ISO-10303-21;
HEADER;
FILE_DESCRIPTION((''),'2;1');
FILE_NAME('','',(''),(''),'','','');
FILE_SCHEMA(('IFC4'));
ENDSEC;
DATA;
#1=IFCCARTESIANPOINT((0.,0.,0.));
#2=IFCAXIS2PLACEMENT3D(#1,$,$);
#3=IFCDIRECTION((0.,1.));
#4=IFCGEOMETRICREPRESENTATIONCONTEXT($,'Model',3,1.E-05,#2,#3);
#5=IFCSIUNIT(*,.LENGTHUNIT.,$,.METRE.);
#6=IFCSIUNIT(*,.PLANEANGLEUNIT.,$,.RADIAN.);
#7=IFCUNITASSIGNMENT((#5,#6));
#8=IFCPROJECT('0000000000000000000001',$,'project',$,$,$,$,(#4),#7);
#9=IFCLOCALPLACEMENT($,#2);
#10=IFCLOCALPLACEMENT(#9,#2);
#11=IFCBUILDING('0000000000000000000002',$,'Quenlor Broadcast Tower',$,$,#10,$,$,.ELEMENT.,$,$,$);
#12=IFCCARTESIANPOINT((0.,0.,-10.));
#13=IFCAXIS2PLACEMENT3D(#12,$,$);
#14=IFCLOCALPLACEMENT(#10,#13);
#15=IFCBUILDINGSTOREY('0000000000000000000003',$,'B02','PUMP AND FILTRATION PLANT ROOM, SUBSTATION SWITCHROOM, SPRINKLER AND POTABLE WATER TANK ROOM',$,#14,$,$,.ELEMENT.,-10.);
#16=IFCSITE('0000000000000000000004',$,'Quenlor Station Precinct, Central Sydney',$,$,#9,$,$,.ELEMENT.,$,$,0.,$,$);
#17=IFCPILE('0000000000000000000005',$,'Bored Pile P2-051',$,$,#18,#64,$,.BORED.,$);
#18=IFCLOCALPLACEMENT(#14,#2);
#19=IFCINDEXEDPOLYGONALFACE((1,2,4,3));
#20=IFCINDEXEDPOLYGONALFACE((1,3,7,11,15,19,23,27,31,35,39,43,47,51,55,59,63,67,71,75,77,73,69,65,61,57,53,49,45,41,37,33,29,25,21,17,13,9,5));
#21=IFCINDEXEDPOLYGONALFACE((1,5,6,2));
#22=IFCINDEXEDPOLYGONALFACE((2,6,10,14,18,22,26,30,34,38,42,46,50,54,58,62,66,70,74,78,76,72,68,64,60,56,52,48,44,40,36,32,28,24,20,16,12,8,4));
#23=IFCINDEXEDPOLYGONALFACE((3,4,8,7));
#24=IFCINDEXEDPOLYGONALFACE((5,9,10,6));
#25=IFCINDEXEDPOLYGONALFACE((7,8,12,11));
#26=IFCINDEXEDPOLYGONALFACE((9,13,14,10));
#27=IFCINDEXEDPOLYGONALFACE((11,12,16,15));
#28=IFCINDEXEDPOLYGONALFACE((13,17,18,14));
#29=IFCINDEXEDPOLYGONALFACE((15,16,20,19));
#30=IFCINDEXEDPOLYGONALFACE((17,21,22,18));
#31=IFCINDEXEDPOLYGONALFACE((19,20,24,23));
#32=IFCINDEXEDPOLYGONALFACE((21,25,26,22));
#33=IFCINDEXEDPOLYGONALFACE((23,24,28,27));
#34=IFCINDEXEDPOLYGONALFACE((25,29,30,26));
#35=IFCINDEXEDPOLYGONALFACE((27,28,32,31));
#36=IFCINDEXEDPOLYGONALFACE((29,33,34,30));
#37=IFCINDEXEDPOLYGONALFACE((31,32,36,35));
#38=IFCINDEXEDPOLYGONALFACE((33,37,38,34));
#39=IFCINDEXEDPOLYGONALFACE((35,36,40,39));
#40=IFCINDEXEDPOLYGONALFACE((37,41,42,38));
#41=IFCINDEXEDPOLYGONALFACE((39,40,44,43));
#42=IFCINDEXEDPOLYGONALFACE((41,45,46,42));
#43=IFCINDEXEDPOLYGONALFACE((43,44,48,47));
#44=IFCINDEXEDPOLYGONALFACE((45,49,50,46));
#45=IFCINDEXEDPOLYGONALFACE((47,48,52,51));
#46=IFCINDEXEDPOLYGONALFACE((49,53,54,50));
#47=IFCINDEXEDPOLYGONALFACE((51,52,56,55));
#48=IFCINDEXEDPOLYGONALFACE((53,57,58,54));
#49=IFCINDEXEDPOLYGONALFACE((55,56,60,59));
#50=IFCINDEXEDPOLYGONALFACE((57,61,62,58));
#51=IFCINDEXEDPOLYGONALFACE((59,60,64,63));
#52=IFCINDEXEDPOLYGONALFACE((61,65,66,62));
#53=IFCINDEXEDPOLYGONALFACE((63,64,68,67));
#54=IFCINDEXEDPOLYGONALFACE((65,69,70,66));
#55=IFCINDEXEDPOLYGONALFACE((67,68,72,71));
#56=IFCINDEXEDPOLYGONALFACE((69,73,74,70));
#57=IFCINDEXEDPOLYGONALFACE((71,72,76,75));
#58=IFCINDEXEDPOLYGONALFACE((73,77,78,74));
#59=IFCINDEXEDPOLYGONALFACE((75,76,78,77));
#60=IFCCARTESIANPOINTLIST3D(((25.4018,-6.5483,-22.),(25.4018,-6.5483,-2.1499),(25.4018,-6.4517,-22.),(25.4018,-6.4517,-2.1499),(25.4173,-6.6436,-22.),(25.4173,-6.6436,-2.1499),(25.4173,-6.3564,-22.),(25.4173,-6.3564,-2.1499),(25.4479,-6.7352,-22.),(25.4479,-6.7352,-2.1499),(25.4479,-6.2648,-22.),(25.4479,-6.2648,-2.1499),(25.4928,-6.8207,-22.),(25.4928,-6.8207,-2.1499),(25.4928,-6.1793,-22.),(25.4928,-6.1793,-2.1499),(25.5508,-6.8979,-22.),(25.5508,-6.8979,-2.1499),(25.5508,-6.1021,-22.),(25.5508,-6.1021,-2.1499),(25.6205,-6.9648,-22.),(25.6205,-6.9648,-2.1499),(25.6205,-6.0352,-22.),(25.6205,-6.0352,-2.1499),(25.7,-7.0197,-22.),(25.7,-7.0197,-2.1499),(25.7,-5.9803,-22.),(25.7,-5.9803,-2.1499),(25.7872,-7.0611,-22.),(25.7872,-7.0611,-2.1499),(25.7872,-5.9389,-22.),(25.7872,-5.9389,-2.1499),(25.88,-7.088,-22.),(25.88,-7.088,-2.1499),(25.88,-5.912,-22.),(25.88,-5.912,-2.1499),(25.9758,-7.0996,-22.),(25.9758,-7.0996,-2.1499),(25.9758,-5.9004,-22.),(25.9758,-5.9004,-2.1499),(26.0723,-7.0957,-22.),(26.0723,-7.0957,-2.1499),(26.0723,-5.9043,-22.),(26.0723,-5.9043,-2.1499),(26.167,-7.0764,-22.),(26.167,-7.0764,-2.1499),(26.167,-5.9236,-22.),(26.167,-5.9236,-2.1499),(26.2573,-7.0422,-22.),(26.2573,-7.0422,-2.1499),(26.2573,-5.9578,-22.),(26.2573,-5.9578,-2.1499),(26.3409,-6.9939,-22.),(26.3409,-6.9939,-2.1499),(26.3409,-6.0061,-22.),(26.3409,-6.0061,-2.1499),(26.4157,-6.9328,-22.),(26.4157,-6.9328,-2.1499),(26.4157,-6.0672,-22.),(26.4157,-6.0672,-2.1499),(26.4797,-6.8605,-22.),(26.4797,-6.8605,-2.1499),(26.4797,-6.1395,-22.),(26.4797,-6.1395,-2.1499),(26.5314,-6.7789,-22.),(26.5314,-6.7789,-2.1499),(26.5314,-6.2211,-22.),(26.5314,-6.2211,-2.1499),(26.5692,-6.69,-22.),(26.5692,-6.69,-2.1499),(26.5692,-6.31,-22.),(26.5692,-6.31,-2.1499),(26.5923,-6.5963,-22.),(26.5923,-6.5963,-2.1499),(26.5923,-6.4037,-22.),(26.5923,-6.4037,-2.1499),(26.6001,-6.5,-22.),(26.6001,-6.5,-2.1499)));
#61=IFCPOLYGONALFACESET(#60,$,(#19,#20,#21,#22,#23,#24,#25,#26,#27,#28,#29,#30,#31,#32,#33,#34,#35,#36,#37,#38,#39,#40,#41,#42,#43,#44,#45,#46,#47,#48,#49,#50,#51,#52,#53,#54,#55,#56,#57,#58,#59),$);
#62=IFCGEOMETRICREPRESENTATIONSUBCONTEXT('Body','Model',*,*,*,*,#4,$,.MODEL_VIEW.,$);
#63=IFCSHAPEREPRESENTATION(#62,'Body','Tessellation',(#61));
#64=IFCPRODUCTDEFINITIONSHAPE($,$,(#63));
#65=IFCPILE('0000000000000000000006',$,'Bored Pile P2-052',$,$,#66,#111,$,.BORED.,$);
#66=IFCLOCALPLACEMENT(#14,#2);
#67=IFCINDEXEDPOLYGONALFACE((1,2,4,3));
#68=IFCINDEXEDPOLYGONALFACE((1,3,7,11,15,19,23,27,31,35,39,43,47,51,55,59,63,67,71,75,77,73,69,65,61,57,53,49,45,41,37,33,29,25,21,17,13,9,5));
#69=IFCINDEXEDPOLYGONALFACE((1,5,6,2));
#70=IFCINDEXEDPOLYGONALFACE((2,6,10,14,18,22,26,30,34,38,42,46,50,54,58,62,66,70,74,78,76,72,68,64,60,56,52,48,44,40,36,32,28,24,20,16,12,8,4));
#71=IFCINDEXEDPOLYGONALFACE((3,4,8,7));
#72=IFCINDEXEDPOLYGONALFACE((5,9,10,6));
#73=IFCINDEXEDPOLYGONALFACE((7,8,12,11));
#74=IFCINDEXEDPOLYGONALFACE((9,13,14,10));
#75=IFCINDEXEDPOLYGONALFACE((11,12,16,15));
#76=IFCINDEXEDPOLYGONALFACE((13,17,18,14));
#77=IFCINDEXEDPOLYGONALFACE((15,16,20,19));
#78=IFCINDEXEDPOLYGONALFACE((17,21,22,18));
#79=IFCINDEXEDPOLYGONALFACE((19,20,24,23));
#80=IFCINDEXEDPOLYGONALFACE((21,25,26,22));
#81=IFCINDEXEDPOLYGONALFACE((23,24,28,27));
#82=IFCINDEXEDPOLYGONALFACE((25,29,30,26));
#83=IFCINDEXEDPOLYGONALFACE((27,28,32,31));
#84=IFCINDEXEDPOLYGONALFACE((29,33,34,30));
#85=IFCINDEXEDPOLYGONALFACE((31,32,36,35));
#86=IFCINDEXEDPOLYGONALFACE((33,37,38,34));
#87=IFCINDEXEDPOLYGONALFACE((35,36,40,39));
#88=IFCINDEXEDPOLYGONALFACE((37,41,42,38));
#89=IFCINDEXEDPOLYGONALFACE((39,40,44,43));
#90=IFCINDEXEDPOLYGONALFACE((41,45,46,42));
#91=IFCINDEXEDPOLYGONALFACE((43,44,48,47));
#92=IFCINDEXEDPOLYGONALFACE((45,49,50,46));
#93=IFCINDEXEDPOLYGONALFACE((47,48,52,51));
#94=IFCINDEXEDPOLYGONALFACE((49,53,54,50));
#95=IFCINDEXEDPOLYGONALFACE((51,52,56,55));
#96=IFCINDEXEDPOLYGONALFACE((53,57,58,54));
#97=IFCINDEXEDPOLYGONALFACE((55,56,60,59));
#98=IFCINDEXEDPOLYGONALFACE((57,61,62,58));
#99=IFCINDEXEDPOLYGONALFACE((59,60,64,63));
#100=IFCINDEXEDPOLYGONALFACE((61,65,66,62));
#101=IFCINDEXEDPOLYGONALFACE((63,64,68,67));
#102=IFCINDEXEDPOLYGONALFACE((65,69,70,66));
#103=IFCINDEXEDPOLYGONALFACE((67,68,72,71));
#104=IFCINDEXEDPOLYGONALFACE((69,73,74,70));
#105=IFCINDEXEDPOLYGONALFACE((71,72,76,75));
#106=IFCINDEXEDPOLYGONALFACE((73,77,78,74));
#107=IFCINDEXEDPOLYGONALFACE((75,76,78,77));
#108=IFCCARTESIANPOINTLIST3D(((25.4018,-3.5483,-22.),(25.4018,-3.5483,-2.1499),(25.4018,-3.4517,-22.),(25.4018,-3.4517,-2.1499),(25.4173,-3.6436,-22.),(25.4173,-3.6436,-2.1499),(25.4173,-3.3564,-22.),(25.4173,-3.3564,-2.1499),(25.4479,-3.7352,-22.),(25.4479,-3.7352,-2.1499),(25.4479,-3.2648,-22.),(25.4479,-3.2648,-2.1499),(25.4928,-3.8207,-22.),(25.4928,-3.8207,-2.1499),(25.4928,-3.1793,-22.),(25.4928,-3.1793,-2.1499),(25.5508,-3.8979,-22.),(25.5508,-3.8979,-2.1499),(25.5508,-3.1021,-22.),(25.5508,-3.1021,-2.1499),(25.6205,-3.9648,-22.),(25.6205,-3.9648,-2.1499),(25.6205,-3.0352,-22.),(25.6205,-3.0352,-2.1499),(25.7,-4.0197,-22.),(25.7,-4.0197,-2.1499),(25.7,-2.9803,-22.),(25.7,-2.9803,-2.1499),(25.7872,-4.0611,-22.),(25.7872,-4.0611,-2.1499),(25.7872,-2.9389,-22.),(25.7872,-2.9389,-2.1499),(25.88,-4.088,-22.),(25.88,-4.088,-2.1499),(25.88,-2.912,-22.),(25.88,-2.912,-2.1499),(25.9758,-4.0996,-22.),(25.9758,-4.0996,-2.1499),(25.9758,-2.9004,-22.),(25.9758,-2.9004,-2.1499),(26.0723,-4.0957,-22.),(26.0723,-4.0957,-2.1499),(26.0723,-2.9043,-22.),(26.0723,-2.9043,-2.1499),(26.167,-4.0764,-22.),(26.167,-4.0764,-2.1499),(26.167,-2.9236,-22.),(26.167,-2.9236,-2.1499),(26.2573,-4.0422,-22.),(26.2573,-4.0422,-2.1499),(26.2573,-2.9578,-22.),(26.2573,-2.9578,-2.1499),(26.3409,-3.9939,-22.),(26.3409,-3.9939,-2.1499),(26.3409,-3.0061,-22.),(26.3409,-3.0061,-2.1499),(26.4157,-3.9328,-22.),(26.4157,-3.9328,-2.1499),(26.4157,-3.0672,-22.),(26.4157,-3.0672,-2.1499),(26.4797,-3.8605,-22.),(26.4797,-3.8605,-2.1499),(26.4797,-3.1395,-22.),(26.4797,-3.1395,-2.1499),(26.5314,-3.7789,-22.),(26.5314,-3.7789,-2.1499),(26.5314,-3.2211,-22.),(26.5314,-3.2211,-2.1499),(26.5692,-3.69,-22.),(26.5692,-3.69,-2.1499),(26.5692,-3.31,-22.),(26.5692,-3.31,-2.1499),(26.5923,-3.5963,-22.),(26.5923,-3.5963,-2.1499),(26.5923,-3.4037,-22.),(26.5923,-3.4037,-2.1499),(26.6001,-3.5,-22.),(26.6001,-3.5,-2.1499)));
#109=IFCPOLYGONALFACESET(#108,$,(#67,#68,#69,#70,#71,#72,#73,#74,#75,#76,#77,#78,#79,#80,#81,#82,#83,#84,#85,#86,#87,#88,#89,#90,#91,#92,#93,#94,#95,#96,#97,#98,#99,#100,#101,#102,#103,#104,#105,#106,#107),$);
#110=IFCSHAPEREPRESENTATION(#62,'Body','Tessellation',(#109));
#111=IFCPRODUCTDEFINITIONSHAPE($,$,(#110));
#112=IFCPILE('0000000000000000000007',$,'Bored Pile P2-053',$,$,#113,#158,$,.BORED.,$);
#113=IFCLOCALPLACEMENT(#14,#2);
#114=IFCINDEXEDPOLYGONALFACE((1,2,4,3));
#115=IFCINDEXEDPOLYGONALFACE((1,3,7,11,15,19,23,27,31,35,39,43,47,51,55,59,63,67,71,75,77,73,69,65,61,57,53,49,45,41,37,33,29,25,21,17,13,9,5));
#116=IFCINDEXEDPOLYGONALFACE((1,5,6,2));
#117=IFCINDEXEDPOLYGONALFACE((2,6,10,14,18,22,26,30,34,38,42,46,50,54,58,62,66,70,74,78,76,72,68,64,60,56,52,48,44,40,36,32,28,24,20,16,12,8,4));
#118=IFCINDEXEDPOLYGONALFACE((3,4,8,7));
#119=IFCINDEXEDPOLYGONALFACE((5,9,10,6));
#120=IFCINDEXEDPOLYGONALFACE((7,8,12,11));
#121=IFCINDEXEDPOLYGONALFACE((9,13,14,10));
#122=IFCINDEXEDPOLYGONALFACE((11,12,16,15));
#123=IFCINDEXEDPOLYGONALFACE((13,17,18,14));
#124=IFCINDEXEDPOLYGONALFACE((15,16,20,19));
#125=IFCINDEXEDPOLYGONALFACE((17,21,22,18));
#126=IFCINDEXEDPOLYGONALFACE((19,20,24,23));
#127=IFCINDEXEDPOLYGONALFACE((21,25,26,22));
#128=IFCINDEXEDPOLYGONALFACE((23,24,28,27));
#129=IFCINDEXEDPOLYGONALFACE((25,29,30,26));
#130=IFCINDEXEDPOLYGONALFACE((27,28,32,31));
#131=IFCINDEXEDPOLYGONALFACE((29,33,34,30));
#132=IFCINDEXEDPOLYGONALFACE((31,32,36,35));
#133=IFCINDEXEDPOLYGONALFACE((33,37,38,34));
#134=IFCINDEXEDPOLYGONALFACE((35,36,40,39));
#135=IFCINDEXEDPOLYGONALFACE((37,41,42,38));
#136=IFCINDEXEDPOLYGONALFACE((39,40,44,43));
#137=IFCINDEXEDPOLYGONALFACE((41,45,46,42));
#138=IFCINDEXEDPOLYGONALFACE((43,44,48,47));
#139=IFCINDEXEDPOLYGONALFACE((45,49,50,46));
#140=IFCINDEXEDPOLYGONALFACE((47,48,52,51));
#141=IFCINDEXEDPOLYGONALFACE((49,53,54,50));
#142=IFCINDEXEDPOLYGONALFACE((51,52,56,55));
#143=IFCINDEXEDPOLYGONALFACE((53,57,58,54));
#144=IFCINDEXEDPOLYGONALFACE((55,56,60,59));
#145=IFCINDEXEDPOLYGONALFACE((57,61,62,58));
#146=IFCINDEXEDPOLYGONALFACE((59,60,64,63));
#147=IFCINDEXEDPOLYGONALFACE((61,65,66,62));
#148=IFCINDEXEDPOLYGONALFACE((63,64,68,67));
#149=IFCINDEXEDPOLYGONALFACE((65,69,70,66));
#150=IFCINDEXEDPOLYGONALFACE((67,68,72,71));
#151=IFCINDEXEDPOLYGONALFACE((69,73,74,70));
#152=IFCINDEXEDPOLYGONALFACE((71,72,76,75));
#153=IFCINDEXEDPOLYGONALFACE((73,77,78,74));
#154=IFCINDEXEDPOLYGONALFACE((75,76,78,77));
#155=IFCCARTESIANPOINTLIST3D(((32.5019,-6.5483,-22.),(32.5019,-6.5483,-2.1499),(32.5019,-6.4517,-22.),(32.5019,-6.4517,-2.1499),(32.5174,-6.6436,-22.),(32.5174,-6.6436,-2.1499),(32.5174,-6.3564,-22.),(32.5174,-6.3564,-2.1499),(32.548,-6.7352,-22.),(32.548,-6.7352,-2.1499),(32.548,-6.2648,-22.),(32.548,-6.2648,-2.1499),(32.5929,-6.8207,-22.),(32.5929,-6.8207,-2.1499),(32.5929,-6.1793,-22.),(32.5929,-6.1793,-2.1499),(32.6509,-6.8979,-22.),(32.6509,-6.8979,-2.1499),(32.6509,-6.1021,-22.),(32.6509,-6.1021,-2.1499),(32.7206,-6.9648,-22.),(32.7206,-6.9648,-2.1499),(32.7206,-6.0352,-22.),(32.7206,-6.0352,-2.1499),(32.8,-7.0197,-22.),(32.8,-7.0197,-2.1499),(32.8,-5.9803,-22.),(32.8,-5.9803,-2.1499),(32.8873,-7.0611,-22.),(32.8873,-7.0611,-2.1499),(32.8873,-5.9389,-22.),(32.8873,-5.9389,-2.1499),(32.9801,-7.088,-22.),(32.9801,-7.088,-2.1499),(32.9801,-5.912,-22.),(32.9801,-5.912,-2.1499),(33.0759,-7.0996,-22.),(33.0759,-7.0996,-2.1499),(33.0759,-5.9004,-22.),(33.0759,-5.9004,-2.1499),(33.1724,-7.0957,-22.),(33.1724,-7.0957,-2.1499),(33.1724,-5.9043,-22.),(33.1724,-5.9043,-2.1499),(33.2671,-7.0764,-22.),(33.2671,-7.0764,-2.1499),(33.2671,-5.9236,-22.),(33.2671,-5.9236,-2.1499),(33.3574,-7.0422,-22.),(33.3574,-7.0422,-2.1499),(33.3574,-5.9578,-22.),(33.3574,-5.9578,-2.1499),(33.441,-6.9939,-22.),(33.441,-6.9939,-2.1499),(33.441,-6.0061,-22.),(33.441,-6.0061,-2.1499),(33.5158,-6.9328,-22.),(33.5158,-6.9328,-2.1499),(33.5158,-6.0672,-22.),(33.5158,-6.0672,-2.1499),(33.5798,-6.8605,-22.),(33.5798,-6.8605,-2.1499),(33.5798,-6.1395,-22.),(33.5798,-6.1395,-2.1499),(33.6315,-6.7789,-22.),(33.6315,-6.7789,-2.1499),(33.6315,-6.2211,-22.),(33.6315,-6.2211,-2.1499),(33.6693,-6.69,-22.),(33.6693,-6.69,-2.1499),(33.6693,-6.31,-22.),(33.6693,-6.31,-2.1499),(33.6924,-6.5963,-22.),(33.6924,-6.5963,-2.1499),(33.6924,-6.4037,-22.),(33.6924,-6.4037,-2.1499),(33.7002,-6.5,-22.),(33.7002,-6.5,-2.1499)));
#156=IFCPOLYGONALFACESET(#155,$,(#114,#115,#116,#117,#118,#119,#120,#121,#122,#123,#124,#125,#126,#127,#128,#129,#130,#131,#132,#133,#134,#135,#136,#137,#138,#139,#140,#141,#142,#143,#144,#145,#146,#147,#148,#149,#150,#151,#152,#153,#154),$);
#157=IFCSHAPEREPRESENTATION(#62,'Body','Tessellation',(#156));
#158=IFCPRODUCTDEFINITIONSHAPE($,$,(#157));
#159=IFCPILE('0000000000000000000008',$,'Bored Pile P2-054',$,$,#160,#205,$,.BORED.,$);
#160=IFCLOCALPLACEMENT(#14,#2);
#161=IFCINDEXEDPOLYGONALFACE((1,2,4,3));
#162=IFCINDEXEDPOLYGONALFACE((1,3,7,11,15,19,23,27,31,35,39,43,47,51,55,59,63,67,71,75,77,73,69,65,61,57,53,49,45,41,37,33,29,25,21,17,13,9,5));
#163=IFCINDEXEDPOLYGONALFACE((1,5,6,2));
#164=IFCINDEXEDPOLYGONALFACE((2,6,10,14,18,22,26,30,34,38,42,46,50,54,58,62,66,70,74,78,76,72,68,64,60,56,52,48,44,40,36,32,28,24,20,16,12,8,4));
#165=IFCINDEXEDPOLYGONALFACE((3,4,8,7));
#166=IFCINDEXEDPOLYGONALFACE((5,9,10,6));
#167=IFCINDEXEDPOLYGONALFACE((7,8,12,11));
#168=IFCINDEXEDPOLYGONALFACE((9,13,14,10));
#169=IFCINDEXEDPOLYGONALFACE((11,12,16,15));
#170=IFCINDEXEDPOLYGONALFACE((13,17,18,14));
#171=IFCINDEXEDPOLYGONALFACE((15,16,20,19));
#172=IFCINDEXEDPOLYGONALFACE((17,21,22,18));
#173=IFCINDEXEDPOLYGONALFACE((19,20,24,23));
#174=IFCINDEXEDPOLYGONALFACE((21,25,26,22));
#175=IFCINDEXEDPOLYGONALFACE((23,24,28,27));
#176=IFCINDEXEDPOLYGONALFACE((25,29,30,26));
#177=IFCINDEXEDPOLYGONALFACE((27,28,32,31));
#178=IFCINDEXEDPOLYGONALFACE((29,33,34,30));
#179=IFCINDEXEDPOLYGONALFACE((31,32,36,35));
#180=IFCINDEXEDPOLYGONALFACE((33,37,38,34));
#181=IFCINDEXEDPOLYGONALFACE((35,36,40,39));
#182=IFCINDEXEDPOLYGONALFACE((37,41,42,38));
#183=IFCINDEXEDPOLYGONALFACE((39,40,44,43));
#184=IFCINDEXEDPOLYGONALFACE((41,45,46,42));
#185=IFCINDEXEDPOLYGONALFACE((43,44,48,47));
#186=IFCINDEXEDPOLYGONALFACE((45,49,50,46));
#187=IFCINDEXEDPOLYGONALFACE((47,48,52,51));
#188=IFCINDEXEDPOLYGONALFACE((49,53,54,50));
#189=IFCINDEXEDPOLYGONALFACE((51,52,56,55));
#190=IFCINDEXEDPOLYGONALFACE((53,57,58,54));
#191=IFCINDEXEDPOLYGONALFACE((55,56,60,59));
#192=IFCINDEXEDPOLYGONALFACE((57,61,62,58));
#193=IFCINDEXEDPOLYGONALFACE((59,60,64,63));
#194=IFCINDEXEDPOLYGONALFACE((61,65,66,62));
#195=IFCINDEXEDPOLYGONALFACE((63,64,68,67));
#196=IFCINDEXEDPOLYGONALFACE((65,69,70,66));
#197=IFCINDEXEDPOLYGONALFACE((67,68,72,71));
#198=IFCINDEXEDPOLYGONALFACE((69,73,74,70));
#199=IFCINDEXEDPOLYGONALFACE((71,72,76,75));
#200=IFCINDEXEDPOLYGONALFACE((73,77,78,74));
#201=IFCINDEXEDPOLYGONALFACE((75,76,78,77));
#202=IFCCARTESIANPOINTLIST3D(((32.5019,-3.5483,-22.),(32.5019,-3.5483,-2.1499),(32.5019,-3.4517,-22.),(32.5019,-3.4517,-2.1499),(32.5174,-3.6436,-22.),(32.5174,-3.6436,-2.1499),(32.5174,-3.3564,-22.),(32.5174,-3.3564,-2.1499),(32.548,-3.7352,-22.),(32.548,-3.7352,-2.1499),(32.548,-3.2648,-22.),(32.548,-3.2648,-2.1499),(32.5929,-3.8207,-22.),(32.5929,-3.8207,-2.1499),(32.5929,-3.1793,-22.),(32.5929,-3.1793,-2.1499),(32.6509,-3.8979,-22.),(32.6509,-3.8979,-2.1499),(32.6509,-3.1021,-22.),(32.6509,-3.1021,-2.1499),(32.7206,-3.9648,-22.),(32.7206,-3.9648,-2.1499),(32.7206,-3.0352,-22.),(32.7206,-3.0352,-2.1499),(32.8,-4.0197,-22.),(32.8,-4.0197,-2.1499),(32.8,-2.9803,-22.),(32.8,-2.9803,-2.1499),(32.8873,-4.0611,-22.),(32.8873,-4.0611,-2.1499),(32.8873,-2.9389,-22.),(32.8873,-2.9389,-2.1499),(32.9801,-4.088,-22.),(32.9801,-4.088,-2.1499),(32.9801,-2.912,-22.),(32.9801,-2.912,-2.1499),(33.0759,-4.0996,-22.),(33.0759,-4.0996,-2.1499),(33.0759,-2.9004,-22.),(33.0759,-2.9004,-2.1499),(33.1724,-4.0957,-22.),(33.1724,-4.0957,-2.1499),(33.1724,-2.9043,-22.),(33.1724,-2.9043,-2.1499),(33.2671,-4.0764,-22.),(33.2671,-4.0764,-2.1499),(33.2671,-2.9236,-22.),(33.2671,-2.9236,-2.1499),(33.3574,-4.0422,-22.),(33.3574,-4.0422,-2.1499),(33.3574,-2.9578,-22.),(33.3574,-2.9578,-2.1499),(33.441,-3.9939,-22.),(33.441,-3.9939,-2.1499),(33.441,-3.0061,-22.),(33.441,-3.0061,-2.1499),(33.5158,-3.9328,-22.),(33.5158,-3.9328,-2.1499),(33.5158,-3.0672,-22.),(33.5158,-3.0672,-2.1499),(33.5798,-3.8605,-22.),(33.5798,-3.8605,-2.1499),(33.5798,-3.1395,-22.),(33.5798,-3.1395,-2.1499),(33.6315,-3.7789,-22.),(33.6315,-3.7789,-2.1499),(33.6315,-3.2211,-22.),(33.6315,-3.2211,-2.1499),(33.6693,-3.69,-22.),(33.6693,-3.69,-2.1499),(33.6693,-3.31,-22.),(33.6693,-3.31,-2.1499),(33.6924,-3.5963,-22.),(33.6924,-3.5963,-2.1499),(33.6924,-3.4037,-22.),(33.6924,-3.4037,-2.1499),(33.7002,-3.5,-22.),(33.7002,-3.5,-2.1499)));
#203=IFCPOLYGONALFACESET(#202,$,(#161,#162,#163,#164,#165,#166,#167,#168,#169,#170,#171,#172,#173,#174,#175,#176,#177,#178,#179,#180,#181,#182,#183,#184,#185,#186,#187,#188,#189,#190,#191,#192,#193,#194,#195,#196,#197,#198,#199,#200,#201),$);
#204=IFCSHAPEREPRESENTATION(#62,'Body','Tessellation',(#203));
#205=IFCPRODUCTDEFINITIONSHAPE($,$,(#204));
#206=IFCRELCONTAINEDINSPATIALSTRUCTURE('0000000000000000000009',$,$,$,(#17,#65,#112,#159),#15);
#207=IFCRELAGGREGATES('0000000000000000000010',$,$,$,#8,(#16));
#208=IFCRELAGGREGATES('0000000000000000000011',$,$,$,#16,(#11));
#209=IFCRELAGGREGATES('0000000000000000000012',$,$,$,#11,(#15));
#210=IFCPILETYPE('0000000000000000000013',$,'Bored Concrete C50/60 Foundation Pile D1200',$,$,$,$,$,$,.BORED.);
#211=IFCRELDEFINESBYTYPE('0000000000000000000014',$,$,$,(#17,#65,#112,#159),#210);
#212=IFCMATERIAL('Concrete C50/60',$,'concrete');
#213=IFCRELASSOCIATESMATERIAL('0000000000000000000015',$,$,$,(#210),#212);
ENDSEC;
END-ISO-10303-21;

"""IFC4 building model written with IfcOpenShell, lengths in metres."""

from ifc_helpers import new_model, si_unit, direction, frame, origin, origin_2d, place, context, subcontext, project, spatial, circle, extrude, material, material_profile, profile_set, type_object, element, save


model = new_model("IFC4")

# Units and contexts
model_context = context("Model", 3, precision=1e-05, world=origin(), true_north=direction((0.0, 1.0)))
body_context = subcontext(model_context, "Body", "Model", "MODEL_VIEW")
ifc_project = project(units=[si_unit("LENGTHUNIT", "METRE"), si_unit("PLANEANGLEUNIT", "RADIAN")], contexts=[model_context])

# Site, building, storey
site_placement = place(None, origin())
site = spatial("IfcSite", under=ifc_project, at=site_placement, Name="Quenlor Station Precinct, Central Sydney", CompositionType="ELEMENT", RefElevation=0.0)
building_placement = place(site_placement, origin())
building = spatial("IfcBuilding", under=site, at=building_placement, Name="Quenlor Broadcast Tower", CompositionType="ELEMENT")
storey_placement = place(building_placement, frame((0.0, 0.0, -10.0)))
storey = spatial("IfcBuildingStorey", under=building, at=storey_placement, Name="B02", Description="PUMP AND FILTRATION PLANT ROOM, SUBSTATION SWITCHROOM, SPRINKLER AND POTABLE WATER TANK ROOM", CompositionType="ELEMENT", Elevation=-10.0)

# Piles
ifc_material_1 = material(Name="Concrete C50/60", Category="concrete")
ifc_material_profile_1 = material_profile(ifc_material_1, circle(Radius=0.6001, at=origin_2d()))
ifc_profile_set_1 = profile_set([ifc_material_profile_1], Name="Concrete C50/60 PILE1200")
pile_type = type_object("IfcPileType", Name="Bored Concrete C50/60 Foundation Pile D1200", PredefinedType="BORED", material=ifc_profile_set_1)
for number, where, z_axis, x_axis, name in (
    (1, (26.0, -6.5, -2.1499), (0.0, 0.0, -1.0), (1.0, 0.0, 0.0), "Bored Pile P2-051"),
    (2, (26.0, -3.5, -2.1499), (0.0, 0.0, -1.0), (1.0, 0.0, 0.0), "Bored Pile P2-052"),
    (3, (33.1001, -6.5, -2.1499), (0.0, 0.0, -1.0), (1.0, 0.0, 0.0), "Bored Pile P2-053"),
    (4, (33.1001, -3.5, -2.1499), (0.0, 0.0, -1.0), (1.0, 0.0, 0.0), "Bored Pile P2-054"),
):
    element("IfcPile", number, at=place(storey_placement, frame(where, z_axis=z_axis, x_axis=x_axis)), inside=storey, type_object=pile_type, Name=name, PredefinedType="BORED", context=body_context, shape_type="SweptSolid", body=[
        extrude(circle(Radius=0.6001, at=origin_2d()), origin(), (0.0, 0.0, 1.0), 19.8501),
    ])

save(model, "model.ifc")
